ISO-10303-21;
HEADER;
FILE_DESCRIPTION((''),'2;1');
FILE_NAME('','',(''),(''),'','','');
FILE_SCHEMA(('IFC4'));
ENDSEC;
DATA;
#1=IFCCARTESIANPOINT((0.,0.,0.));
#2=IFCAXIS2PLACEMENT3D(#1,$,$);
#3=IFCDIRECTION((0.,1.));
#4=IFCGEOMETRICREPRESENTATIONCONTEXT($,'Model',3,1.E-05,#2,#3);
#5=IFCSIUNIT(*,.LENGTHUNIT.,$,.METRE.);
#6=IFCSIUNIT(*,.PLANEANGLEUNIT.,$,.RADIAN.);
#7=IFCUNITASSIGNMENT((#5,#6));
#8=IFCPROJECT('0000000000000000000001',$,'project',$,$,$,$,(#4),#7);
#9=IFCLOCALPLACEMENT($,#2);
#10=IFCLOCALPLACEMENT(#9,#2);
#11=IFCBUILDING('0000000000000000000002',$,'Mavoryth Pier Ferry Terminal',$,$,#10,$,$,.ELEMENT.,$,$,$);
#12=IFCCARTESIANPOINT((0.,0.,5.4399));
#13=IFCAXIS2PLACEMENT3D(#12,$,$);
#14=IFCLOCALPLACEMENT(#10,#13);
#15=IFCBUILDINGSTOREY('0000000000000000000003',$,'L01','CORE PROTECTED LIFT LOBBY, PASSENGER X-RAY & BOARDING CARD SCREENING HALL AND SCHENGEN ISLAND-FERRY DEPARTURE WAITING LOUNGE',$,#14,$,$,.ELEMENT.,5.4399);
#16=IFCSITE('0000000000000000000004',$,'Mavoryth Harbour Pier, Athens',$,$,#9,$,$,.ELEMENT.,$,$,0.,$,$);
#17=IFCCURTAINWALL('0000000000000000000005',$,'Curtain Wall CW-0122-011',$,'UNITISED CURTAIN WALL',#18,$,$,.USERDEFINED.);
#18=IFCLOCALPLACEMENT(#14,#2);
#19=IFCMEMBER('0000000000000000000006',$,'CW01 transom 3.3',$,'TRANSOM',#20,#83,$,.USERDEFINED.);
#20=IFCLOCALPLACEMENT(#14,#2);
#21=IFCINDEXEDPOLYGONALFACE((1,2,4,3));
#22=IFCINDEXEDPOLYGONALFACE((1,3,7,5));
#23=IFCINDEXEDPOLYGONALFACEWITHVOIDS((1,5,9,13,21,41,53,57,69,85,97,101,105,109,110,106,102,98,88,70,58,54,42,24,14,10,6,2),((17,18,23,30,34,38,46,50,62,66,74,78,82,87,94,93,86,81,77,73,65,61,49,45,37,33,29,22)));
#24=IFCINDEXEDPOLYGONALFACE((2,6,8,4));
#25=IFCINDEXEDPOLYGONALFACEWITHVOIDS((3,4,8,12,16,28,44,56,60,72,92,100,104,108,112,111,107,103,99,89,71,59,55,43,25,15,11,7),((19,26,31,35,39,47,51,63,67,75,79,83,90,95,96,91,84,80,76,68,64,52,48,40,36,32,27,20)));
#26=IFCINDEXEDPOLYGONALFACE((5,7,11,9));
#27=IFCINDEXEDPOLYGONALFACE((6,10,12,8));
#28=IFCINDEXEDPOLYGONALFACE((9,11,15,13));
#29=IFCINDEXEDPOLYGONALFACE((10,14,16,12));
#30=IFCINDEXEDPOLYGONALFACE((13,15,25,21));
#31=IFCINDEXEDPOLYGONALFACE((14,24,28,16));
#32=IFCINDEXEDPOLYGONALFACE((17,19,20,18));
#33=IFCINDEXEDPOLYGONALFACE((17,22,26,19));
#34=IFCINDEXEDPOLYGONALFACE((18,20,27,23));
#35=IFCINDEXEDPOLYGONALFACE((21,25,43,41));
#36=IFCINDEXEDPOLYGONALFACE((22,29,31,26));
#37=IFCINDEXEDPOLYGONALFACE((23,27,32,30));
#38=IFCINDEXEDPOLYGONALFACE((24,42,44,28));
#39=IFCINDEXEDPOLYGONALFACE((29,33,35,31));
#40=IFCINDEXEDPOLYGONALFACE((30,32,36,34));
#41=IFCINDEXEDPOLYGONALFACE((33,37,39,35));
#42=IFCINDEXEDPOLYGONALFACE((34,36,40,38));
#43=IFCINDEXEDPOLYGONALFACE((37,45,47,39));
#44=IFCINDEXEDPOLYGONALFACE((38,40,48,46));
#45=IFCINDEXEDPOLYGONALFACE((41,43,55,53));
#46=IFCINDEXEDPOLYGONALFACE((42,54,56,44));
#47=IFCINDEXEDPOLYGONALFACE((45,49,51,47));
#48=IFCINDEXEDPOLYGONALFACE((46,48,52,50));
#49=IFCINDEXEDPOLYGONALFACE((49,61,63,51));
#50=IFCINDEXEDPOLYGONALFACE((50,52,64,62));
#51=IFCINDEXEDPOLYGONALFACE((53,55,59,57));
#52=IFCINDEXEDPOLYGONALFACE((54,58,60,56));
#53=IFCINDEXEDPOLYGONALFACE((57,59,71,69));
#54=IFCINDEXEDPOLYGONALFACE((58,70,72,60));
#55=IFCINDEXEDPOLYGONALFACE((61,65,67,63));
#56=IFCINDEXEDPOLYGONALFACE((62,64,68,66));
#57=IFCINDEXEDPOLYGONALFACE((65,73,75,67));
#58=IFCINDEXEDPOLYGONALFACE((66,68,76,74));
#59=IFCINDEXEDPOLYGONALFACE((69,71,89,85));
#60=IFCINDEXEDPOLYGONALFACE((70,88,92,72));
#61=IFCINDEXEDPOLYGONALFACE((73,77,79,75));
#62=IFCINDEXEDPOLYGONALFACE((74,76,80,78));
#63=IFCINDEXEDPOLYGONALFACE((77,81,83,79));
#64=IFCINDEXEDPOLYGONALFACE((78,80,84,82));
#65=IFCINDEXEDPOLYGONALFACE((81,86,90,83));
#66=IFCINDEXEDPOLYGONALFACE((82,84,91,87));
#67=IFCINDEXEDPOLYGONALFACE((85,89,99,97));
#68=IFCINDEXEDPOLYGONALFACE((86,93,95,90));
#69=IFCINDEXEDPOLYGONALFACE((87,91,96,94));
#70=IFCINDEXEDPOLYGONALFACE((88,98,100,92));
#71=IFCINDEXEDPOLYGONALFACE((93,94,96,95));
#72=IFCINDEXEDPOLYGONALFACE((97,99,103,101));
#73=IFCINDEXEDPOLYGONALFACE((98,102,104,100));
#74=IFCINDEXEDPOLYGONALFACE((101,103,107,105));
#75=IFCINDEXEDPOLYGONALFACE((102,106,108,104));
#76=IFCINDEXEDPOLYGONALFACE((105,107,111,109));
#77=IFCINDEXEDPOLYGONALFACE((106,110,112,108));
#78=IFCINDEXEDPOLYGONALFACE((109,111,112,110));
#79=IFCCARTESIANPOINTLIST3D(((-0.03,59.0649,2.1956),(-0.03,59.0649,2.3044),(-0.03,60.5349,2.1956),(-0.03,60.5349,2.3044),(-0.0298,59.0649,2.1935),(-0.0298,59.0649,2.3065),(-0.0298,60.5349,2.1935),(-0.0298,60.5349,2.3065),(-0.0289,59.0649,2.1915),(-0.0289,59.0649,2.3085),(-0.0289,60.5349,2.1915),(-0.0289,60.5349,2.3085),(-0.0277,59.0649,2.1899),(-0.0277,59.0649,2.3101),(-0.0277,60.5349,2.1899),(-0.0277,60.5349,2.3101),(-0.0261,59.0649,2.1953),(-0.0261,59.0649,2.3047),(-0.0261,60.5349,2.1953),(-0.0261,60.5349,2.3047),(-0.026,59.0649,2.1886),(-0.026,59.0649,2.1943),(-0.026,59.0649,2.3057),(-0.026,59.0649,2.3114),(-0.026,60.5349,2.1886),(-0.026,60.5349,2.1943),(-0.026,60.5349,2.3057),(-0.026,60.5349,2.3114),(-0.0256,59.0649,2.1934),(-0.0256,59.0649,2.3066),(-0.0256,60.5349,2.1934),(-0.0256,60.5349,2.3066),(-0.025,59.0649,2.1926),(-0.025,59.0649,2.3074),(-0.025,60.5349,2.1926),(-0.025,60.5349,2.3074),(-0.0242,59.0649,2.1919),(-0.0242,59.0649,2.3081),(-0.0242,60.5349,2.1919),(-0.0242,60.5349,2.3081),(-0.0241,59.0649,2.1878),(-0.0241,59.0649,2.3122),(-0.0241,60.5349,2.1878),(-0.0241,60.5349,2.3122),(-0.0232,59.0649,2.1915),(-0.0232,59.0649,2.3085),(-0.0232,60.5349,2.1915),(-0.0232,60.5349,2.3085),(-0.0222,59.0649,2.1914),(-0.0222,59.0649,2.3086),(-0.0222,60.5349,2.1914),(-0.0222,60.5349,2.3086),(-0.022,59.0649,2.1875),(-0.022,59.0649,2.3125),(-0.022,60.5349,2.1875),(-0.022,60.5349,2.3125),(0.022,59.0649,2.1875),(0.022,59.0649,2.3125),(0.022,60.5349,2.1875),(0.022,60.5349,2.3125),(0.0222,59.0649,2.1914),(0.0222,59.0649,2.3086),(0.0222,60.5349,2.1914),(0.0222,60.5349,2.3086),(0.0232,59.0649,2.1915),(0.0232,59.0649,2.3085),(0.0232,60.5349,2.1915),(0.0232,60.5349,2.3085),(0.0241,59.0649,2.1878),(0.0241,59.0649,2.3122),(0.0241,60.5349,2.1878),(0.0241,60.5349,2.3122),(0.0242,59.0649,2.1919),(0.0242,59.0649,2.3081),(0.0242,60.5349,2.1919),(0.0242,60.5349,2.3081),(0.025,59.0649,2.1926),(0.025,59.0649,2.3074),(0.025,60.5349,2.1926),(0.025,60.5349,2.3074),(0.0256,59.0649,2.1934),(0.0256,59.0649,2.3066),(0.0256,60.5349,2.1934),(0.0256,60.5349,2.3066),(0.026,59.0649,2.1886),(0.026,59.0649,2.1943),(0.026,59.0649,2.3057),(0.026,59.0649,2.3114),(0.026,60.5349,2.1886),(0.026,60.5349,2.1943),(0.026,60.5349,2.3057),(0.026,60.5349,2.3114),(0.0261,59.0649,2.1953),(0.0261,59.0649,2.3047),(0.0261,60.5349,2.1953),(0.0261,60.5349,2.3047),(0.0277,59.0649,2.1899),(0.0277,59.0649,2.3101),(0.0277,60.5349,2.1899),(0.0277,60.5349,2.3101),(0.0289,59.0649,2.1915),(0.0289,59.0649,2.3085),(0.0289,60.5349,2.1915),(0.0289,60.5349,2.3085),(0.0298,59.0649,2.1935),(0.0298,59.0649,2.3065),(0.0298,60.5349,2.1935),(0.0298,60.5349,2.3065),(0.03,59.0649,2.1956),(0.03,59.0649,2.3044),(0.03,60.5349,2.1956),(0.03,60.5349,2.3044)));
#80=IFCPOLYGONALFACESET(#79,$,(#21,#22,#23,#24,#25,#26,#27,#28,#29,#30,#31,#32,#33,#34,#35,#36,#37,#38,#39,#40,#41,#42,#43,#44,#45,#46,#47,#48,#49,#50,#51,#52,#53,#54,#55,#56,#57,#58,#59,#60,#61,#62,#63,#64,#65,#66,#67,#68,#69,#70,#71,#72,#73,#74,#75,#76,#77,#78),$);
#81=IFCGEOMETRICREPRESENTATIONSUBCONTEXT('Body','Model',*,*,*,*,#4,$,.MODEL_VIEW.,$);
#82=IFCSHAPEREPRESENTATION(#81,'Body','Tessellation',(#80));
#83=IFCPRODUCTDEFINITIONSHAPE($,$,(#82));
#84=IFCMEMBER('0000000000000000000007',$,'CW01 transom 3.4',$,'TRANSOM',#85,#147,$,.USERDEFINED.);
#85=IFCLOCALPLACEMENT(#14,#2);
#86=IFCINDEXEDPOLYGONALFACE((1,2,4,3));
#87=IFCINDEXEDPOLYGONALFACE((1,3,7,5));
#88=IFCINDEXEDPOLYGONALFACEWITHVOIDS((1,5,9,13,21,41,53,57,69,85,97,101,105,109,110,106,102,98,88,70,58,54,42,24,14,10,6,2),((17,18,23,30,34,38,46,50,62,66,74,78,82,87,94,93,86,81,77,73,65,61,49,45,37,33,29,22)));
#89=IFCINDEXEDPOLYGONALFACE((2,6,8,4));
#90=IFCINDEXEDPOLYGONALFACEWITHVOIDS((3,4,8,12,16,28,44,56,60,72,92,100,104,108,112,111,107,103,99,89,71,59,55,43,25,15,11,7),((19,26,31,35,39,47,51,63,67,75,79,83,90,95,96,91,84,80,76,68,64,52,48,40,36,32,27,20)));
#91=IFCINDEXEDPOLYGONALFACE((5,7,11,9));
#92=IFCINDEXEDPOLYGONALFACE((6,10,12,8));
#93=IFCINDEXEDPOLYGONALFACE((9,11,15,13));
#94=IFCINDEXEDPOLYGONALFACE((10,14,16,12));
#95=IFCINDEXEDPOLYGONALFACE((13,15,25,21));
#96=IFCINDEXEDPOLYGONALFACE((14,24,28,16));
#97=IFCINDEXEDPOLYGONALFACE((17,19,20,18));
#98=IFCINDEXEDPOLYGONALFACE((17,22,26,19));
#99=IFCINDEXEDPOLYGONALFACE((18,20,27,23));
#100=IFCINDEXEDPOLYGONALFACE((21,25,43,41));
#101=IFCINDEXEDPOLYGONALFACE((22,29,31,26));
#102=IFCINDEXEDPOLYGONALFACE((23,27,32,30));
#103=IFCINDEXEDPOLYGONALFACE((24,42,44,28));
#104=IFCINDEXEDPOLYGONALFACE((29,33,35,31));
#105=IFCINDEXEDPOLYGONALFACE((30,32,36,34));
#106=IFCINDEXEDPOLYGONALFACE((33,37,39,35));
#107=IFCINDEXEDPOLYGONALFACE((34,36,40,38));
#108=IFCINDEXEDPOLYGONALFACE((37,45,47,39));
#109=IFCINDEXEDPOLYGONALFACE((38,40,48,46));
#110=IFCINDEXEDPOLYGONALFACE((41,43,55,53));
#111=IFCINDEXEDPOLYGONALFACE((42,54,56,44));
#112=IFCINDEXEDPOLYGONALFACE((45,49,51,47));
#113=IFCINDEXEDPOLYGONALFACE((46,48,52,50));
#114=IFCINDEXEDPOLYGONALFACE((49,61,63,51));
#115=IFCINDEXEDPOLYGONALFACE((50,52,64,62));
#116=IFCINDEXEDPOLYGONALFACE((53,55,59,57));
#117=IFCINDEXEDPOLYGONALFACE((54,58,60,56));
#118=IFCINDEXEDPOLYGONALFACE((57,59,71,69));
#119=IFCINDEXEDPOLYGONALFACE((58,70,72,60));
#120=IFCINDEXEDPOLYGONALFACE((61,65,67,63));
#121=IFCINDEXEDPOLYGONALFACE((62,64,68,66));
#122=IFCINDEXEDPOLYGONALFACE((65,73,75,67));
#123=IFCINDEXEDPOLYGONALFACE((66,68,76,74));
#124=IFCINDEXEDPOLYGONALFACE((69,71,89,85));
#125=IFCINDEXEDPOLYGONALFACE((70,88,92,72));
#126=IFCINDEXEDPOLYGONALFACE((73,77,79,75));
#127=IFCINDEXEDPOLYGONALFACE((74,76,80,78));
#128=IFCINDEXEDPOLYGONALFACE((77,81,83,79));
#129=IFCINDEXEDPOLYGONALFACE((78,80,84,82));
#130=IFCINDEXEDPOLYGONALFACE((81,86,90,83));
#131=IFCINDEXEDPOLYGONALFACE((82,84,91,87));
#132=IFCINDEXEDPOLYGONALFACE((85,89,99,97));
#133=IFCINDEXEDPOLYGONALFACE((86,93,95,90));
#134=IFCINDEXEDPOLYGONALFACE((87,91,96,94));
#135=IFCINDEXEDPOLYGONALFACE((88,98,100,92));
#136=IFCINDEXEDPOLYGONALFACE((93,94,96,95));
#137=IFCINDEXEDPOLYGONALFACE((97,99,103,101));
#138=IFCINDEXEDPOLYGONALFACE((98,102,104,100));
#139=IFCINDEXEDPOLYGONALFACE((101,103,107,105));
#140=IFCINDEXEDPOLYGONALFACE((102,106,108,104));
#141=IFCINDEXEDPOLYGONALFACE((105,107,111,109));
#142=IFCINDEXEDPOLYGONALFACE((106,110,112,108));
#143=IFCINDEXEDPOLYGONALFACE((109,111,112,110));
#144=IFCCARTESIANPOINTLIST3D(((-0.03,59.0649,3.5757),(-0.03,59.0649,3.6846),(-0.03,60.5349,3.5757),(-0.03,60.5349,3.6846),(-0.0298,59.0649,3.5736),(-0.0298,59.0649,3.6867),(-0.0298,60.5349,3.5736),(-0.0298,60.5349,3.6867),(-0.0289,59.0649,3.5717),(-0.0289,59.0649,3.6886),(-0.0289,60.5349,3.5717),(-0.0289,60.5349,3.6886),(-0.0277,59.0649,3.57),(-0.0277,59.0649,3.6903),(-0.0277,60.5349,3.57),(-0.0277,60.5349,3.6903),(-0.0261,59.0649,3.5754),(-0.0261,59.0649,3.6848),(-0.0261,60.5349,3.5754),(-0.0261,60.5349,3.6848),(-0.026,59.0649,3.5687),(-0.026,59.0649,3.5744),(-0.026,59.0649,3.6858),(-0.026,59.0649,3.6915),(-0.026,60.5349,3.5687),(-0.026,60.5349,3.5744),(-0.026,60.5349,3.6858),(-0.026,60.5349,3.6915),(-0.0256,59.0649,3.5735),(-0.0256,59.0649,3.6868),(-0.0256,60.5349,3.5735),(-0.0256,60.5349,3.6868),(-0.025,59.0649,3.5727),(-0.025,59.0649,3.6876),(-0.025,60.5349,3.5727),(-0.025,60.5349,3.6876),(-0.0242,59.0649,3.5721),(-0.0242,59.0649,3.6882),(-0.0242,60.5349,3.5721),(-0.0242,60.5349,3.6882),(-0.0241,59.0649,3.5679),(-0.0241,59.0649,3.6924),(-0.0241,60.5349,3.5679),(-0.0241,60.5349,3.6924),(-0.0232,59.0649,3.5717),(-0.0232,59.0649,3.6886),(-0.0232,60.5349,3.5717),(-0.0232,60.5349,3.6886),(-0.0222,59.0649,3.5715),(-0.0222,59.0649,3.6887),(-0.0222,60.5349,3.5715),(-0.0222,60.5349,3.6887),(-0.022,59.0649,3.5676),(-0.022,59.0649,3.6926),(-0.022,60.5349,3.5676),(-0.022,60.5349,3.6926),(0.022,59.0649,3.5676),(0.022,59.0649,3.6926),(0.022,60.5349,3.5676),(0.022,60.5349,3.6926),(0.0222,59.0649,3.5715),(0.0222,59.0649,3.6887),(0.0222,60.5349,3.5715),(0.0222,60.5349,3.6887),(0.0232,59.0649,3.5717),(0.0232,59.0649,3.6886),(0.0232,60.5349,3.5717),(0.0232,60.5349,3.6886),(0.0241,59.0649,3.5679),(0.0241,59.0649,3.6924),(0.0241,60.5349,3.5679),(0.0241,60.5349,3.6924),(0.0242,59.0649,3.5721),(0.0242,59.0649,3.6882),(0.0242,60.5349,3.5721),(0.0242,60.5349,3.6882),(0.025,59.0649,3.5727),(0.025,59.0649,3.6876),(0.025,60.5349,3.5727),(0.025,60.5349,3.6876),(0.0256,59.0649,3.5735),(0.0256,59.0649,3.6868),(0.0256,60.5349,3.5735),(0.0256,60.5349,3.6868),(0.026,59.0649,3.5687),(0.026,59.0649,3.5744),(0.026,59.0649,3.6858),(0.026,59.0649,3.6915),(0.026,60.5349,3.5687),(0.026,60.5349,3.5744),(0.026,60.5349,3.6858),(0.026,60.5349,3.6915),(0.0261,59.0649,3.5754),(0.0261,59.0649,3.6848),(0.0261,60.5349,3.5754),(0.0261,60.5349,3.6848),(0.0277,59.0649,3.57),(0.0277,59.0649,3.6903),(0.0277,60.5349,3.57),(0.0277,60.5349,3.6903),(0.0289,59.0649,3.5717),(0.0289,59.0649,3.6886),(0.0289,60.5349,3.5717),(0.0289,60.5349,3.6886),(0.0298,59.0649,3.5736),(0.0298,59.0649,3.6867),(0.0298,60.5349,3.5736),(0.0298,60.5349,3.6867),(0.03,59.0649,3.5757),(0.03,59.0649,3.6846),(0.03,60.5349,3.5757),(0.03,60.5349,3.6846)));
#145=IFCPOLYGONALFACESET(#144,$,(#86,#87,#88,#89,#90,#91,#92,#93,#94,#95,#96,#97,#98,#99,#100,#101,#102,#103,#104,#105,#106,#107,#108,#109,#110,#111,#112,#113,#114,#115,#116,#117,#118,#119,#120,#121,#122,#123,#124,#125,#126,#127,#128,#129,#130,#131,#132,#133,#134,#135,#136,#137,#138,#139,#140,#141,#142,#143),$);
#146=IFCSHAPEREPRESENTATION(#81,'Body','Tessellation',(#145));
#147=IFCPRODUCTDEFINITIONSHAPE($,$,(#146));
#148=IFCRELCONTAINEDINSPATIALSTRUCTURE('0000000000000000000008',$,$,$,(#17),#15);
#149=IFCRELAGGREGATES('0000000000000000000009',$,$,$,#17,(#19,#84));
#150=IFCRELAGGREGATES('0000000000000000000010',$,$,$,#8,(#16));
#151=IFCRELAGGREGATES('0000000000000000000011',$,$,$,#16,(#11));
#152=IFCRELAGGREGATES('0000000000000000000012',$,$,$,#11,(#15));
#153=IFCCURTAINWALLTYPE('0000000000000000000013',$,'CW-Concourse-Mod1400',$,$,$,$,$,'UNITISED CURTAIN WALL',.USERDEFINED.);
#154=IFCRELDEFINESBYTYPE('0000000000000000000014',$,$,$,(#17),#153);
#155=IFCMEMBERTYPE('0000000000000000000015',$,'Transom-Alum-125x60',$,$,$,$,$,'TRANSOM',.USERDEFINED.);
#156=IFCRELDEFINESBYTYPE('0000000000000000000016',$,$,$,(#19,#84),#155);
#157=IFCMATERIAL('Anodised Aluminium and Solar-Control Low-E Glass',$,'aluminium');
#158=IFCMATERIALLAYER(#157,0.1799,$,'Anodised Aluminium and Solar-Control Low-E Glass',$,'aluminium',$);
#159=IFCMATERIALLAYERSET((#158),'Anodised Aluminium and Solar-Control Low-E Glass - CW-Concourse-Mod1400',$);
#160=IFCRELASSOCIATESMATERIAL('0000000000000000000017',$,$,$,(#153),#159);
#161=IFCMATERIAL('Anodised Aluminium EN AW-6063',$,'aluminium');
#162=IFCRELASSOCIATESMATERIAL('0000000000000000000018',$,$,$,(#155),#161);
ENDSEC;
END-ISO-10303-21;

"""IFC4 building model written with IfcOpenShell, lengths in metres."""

from ifc_helpers import new_model, si_unit, direction, frame, origin, origin_2d, place, context, subcontext, project, spatial, hollow_rectangle, extrude, material, layer, layer_set, material_profile, profile_set, type_object, element, aggregate, save


model = new_model("IFC4")

# Units and contexts
model_context = context("Model", 3, precision=1e-05, world=origin(), true_north=direction((0.0, 1.0)))
body_context = subcontext(model_context, "Body", "Model", "MODEL_VIEW")
ifc_project = project(units=[si_unit("LENGTHUNIT", "METRE"), si_unit("PLANEANGLEUNIT", "RADIAN")], contexts=[model_context])

# Site, building, storey
site_placement = place(None, origin())
site = spatial("IfcSite", under=ifc_project, at=site_placement, Name="Mavoryth Harbour Pier, Athens", CompositionType="ELEMENT", RefElevation=0.0)
building_placement = place(site_placement, origin())
building = spatial("IfcBuilding", under=site, at=building_placement, Name="Mavoryth Pier Ferry Terminal", CompositionType="ELEMENT")
storey_placement = place(building_placement, frame((0.0, 0.0, 5.4399)))
storey = spatial("IfcBuildingStorey", under=building, at=storey_placement, Name="L01", Description="CORE PROTECTED LIFT LOBBY, PASSENGER X-RAY & BOARDING CARD SCREENING HALL AND SCHENGEN ISLAND-FERRY DEPARTURE WAITING LOUNGE", CompositionType="ELEMENT", Elevation=5.4399)

# Curtain wall, members
ifc_material_1 = material(Name="Anodised Aluminium and Solar-Control Low-E Glass", Category="aluminium")
ifc_layer_1 = layer(ifc_material_1, 0.1799, Name="Anodised Aluminium and Solar-Control Low-E Glass", Category="aluminium")
ifc_layer_set_1 = layer_set([ifc_layer_1], Name="Anodised Aluminium and Solar-Control Low-E Glass - CW-Concourse-Mod1400")
curtain_wall_type = type_object("IfcCurtainWallType", Name="CW-Concourse-Mod1400", ElementType="UNITISED CURTAIN WALL", PredefinedType="USERDEFINED", material=ifc_layer_set_1)
curtain_wall_placement = place(storey_placement, origin())
curtain_wall = element("IfcCurtainWall", 1, at=curtain_wall_placement, inside=storey, type_object=curtain_wall_type, Name="Curtain Wall CW-0122-011", ObjectType="UNITISED CURTAIN WALL", PredefinedType="USERDEFINED")
ifc_material_2 = material(Name="Anodised Aluminium EN AW-6063", Category="aluminium")
ifc_material_profile_1 = material_profile(ifc_material_2, hollow_rectangle(XDim=0.0601, YDim=0.125, WallThickness=0.0039, InnerFilletRadius=0.0039, OuterFilletRadius=0.0081, at=origin_2d()), Name="AL-TRAN 125x60x4", Category="aluminium")
ifc_profile_set_1 = profile_set([ifc_material_profile_1], Name="Anodised Aluminium EN AW-6063 - AL-TRAN 125x60x4")
member_type_1 = type_object("IfcMemberType", Name="Transom-Alum-125x60", ElementType="TRANSOM", PredefinedType="USERDEFINED", material=ifc_profile_set_1)
member_1_placement = place(storey_placement, frame((0.0, 60.5349, 2.25), z_axis=(0.0, -1.0, 0.0), x_axis=(1.0, 0.0, 0.0)))
member_1 = element("IfcMember", 2, at=member_1_placement, type_object=member_type_1, Name="CW01 transom 3.3", ObjectType="TRANSOM", PredefinedType="USERDEFINED", context=body_context, shape_type="SweptSolid", body=[
    extrude(hollow_rectangle(XDim=0.0601, YDim=0.125, WallThickness=0.0039, InnerFilletRadius=0.0039, OuterFilletRadius=0.0081, at=origin_2d()), origin(), (0.0, 0.0, 1.0), 1.47),
])
member_2_placement = place(storey_placement, frame((0.0, 60.5349, 3.6301), z_axis=(0.0, -1.0, 0.0), x_axis=(1.0, 0.0, 0.0)))
member_2 = element("IfcMember", 3, at=member_2_placement, type_object=member_type_1, Name="CW01 transom 3.4", ObjectType="TRANSOM", PredefinedType="USERDEFINED", context=body_context, shape_type="SweptSolid", body=[
    extrude(hollow_rectangle(XDim=0.0601, YDim=0.125, WallThickness=0.0039, InnerFilletRadius=0.0039, OuterFilletRadius=0.0081, at=origin_2d()), origin(), (0.0, 0.0, 1.0), 1.47),
])
aggregate(curtain_wall, [member_1, member_2])

save(model, "model.ifc")
